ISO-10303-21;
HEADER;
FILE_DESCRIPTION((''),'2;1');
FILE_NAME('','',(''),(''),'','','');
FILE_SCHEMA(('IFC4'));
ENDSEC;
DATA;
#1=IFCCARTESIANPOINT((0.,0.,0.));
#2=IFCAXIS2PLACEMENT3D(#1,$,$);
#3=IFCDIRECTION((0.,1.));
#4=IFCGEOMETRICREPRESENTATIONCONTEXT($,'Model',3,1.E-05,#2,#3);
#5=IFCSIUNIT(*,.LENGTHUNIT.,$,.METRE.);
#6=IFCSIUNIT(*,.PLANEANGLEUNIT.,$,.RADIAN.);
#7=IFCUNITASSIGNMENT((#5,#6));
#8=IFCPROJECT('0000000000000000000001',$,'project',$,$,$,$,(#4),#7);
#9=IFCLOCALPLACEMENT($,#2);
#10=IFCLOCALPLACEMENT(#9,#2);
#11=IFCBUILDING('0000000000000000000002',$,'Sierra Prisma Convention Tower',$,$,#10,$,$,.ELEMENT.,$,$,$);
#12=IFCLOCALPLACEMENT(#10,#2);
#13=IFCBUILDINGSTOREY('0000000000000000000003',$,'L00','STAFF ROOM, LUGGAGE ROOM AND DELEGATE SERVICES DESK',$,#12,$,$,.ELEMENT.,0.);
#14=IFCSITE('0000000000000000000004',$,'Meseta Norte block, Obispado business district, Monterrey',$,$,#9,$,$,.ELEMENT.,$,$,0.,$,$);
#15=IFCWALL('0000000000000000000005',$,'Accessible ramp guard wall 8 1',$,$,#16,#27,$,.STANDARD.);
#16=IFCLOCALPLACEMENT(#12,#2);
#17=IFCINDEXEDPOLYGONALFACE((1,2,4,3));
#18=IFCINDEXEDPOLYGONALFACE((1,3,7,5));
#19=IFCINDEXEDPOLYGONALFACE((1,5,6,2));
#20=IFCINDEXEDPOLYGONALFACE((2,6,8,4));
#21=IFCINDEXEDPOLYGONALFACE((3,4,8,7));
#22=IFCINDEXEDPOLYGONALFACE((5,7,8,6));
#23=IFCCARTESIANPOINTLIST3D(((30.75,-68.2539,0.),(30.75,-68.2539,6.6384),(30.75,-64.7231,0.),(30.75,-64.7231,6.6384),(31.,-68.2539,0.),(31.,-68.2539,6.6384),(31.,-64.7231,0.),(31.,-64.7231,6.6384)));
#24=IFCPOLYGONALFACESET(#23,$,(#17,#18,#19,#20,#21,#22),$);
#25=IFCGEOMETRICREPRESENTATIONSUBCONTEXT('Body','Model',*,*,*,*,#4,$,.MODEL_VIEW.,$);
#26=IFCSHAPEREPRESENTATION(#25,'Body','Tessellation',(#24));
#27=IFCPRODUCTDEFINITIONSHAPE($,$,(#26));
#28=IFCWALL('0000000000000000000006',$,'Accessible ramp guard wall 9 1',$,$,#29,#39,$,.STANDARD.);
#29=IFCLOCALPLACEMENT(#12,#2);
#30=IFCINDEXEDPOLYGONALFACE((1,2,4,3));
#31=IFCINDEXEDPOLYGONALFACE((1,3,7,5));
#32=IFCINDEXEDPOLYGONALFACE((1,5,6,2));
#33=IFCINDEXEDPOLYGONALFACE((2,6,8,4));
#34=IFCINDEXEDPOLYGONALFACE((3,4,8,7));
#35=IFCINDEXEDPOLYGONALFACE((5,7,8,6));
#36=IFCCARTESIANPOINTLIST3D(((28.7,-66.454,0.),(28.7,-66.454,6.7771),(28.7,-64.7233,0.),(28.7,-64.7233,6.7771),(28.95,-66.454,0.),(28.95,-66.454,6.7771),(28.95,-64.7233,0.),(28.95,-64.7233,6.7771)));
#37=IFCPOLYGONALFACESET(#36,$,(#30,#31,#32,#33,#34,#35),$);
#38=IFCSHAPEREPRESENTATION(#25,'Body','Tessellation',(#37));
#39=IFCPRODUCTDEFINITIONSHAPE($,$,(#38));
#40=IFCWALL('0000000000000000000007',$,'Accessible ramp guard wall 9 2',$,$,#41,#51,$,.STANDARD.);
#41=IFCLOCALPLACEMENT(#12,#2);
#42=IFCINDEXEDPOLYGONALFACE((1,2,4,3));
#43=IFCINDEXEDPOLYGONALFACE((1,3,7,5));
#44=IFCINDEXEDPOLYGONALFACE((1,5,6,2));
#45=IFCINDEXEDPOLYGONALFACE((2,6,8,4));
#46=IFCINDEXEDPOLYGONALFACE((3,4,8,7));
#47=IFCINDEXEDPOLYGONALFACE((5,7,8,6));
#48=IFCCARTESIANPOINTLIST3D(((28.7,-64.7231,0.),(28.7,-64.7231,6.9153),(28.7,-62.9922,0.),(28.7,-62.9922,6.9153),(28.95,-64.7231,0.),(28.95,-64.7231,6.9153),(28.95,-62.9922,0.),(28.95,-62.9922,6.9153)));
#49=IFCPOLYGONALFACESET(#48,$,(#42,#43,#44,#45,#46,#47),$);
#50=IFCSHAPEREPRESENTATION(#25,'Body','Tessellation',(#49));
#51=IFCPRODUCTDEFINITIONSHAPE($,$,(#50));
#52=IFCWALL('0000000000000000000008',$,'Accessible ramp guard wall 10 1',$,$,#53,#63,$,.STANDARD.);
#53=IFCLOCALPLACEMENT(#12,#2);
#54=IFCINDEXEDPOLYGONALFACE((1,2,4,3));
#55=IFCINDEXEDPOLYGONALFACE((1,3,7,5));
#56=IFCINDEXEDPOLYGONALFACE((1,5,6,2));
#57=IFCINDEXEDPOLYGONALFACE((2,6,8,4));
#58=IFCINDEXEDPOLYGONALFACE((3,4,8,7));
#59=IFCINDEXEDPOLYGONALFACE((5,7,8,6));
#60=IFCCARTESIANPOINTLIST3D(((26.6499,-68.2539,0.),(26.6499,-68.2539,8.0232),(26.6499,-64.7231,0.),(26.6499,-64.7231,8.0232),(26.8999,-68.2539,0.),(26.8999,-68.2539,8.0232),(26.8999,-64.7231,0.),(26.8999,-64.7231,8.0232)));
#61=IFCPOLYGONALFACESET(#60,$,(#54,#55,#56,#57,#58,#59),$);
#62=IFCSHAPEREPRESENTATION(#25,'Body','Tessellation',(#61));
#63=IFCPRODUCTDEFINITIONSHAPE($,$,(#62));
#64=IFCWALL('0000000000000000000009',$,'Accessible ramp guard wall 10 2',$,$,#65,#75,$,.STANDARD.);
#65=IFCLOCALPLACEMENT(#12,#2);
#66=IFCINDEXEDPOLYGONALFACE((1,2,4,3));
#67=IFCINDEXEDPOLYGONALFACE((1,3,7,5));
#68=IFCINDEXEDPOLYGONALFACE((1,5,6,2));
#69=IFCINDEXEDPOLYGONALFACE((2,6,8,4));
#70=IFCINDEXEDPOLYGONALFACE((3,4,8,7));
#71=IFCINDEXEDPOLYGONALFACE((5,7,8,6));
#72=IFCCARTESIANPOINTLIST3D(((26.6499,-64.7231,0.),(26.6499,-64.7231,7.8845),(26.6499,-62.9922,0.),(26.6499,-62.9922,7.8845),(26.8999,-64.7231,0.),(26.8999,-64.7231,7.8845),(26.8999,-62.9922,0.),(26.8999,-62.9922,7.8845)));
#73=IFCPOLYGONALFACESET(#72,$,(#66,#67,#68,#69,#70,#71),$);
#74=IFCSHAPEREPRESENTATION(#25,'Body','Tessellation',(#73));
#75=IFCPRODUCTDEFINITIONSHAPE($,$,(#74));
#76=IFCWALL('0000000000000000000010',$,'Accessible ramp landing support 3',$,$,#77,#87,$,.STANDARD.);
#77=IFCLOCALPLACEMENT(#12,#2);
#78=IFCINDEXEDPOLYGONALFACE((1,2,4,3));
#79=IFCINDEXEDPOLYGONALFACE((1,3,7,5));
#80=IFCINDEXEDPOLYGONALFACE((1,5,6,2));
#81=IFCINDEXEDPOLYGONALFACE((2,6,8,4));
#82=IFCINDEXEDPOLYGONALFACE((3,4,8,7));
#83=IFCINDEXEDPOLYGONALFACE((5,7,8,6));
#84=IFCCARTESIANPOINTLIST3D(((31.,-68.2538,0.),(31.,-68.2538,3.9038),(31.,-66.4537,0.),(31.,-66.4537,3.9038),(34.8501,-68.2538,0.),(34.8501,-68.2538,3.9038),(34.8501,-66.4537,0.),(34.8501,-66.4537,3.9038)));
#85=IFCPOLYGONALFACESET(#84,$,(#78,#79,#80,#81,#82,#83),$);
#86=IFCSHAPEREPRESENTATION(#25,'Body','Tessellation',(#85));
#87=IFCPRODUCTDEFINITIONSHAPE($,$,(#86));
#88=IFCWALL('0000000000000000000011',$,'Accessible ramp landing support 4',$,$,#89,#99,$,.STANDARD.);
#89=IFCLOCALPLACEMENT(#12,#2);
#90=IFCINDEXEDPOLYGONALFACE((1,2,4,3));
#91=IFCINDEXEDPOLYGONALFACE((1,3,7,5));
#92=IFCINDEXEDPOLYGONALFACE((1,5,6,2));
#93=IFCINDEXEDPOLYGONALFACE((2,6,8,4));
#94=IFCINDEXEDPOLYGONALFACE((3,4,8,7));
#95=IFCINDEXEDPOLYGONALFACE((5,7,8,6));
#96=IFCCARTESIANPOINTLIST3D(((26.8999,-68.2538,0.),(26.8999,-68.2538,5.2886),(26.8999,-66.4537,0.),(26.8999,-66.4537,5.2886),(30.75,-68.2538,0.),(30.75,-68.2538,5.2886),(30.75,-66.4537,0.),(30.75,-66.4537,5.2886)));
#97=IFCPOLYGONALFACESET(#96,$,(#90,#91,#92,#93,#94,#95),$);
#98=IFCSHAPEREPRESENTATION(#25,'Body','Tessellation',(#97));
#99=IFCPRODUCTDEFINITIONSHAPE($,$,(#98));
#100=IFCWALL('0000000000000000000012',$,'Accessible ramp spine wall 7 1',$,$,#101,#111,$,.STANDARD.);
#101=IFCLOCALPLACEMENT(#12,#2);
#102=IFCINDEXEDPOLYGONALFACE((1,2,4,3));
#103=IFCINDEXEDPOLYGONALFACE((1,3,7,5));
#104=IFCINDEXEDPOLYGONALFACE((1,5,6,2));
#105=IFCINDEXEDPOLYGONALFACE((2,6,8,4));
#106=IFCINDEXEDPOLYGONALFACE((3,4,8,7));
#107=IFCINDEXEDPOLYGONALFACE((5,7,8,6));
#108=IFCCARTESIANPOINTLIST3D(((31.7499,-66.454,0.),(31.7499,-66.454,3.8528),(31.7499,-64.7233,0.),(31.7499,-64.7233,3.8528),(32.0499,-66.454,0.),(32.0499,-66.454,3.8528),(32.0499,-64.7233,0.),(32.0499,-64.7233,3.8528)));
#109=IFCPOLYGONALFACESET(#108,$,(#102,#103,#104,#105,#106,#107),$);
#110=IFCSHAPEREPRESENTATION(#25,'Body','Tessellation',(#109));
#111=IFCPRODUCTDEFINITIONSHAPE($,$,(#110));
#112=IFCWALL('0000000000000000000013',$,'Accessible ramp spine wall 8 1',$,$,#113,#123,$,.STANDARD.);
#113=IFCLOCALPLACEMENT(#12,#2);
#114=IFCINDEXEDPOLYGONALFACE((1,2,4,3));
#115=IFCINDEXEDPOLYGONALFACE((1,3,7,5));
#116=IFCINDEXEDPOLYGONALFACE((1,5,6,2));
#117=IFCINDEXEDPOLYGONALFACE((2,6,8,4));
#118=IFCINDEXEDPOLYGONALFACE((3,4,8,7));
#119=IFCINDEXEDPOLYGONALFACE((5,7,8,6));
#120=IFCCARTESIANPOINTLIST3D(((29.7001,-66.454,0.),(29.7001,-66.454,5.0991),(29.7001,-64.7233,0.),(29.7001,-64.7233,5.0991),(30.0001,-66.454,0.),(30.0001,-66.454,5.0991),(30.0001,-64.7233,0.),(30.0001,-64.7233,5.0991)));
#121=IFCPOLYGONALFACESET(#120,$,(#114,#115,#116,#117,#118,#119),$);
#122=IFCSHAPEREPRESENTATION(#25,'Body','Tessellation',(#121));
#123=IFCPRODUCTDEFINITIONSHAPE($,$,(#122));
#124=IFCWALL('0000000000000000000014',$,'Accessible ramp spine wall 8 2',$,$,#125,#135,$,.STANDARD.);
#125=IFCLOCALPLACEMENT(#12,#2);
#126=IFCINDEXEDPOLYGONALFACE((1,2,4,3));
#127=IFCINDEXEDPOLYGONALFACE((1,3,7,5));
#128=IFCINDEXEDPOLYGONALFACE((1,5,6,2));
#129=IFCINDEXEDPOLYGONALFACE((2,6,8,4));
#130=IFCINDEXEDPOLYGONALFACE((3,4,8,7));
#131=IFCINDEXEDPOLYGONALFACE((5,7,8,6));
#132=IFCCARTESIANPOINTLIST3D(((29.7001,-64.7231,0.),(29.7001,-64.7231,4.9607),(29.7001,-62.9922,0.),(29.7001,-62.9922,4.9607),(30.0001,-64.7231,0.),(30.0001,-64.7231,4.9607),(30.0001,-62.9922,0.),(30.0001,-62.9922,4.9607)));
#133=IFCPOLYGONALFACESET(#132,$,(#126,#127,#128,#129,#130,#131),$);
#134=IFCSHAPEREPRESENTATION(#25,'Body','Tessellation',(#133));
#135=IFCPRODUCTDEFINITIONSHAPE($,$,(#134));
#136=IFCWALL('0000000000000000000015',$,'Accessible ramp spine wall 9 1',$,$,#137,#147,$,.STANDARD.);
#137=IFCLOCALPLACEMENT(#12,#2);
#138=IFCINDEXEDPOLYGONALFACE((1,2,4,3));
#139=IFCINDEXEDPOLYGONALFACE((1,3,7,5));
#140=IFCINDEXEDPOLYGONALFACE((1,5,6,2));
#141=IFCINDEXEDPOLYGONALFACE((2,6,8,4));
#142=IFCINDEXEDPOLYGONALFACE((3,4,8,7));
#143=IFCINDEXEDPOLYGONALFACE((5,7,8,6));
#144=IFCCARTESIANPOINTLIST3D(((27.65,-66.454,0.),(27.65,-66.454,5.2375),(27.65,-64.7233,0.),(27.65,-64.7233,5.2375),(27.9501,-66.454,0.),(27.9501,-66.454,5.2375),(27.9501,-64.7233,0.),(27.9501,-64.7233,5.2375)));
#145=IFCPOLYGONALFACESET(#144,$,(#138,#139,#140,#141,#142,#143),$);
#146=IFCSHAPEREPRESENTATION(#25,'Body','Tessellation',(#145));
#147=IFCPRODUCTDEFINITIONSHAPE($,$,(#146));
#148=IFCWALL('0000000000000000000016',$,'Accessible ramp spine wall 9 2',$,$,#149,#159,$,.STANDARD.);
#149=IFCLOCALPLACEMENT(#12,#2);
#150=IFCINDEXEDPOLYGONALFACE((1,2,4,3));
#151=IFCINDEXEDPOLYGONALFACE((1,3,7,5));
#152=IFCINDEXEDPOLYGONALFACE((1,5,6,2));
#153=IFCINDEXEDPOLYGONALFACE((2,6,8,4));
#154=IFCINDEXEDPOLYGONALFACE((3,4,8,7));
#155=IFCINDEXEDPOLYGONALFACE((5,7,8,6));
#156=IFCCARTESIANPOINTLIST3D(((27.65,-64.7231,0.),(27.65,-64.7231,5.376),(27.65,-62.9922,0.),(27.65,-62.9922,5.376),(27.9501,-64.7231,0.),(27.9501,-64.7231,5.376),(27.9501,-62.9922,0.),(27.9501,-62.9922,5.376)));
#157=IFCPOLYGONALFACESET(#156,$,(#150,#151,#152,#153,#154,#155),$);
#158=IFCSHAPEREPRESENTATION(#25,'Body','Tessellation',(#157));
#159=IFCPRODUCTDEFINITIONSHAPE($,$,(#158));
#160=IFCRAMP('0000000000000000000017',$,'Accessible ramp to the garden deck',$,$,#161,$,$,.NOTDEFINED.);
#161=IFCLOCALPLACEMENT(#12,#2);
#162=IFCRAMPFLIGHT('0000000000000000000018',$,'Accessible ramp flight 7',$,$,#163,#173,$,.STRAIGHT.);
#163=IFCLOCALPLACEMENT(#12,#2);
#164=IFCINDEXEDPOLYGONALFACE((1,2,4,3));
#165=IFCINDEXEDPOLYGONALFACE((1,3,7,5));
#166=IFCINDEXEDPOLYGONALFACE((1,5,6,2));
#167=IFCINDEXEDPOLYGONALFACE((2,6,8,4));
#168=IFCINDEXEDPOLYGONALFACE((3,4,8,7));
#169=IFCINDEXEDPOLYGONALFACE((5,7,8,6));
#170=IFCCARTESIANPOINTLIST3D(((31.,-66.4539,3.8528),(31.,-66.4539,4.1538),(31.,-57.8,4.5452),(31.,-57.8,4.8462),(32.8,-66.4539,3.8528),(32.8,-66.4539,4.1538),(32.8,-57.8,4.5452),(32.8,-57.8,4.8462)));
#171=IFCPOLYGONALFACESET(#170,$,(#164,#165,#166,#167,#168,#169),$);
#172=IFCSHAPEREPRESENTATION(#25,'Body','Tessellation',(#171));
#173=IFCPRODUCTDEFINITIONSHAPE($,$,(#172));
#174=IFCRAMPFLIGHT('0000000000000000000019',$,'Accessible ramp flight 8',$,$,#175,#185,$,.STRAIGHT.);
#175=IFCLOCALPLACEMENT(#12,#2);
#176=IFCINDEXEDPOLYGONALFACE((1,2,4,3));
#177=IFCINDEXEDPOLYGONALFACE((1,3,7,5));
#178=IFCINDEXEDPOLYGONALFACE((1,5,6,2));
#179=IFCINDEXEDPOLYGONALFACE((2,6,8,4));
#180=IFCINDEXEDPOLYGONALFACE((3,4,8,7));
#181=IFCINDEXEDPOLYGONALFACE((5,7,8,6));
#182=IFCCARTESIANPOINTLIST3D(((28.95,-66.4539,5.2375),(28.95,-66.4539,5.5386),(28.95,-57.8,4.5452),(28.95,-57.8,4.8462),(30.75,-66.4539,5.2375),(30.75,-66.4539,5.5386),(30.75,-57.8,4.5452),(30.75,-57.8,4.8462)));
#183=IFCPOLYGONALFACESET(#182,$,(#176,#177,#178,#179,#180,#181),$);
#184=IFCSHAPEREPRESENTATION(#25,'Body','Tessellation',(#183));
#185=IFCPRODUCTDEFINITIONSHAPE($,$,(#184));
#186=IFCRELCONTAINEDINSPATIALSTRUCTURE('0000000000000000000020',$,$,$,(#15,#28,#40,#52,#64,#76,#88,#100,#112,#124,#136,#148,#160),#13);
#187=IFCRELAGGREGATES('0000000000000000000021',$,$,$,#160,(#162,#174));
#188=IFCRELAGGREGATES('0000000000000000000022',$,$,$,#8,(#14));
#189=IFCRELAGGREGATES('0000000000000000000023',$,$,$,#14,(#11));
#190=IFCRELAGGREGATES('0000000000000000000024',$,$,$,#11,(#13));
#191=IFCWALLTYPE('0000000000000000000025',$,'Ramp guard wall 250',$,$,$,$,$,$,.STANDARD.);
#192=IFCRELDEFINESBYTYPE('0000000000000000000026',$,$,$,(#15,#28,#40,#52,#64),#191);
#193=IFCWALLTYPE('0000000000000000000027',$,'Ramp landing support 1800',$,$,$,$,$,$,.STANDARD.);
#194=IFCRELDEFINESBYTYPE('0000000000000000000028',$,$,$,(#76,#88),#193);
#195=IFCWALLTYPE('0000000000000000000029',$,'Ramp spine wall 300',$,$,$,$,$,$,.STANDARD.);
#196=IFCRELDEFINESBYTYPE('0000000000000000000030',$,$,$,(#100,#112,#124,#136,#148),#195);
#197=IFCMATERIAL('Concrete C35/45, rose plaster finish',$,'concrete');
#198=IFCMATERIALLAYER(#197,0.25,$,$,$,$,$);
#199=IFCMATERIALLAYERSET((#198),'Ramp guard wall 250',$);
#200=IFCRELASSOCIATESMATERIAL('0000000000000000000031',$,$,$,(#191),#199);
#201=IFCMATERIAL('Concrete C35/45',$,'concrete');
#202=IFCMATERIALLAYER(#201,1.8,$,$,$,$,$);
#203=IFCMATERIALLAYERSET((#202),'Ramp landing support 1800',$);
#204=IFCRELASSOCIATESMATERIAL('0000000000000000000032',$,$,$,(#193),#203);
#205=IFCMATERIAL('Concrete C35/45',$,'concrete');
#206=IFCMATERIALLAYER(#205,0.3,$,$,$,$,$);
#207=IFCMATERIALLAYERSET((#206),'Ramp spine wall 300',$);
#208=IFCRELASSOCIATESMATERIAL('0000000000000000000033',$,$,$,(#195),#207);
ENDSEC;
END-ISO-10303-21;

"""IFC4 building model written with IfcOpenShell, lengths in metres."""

from ifc_helpers import new_model, si_unit, direction, frame, frame_2d, origin, place, context, subcontext, project, spatial, polyline, rectangle, outline, extrude, material, layer, layer_set, type_object, element, aggregate, save


model = new_model("IFC4")

# Units and contexts
model_context = context("Model", 3, precision=1e-05, world=origin(), true_north=direction((0.0, 1.0)))
body_context = subcontext(model_context, "Body", "Model", "MODEL_VIEW")
ifc_project = project(units=[si_unit("LENGTHUNIT", "METRE"), si_unit("PLANEANGLEUNIT", "RADIAN")], contexts=[model_context])

# Site, building, storey
site_placement = place(None, origin())
site = spatial("IfcSite", under=ifc_project, at=site_placement, Name="Meseta Norte block, Obispado business district, Monterrey", CompositionType="ELEMENT", RefElevation=0.0)
building_placement = place(site_placement, origin())
building = spatial("IfcBuilding", under=site, at=building_placement, Name="Sierra Prisma Convention Tower", CompositionType="ELEMENT")
storey_placement = place(building_placement, origin())
storey = spatial("IfcBuildingStorey", under=building, at=storey_placement, Name="L00", Description="STAFF ROOM, LUGGAGE ROOM AND DELEGATE SERVICES DESK", CompositionType="ELEMENT", Elevation=0.0)

# Walls
ifc_material_1 = material(Name="Concrete C35/45, rose plaster finish", Category="concrete")
ifc_layer_1 = layer(ifc_material_1, 0.25)
ifc_layer_set_1 = layer_set([ifc_layer_1], Name="Ramp guard wall 250")
wall_type_1 = type_object("IfcWallType", Name="Ramp guard wall 250", PredefinedType="STANDARD", material=ifc_layer_set_1)
wall_1_placement = place(storey_placement, frame((30.875, -68.2539, 0.0), z_axis=(0.0, 0.0, 1.0), x_axis=(0.0, 1.0, 0.0)))
element("IfcWall", 1, at=wall_1_placement, inside=storey, type_object=wall_type_1, Name="Accessible ramp guard wall 8 1", PredefinedType="STANDARD", context=body_context, shape_type="SweptSolid", body=[
    extrude(rectangle(XDim=3.5308, YDim=0.25, at=frame_2d((1.7654, 0.0))), origin(), (0.0, 0.0, 1.0), 6.6384),
])
wall_2_placement = place(storey_placement, frame((28.825, -66.4539, 0.0), z_axis=(0.0, 0.0, 1.0), x_axis=(0.0, 1.0, 0.0)))
element("IfcWall", 2, at=wall_2_placement, inside=storey, type_object=wall_type_1, Name="Accessible ramp guard wall 9 1", PredefinedType="STANDARD", context=body_context, shape_type="SweptSolid", body=[
    extrude(rectangle(XDim=1.7307, YDim=0.25, at=frame_2d((0.8652, 0.0))), origin(), (0.0, 0.0, 1.0), 6.7771),
])
wall_3_placement = place(storey_placement, frame((28.825, -64.7231, 0.0), z_axis=(0.0, 0.0, 1.0), x_axis=(0.0, 1.0, 0.0)))
element("IfcWall", 3, at=wall_3_placement, inside=storey, type_object=wall_type_1, Name="Accessible ramp guard wall 9 2", PredefinedType="STANDARD", context=body_context, shape_type="SweptSolid", body=[
    extrude(rectangle(XDim=1.731, YDim=0.25, at=frame_2d((0.8655, 0.0))), origin(), (0.0, 0.0, 1.0), 6.9153),
])
wall_4_placement = place(storey_placement, frame((26.7749, -68.2539, 0.0), z_axis=(0.0, 0.0, 1.0), x_axis=(0.0, 1.0, 0.0)))
element("IfcWall", 4, at=wall_4_placement, inside=storey, type_object=wall_type_1, Name="Accessible ramp guard wall 10 1", PredefinedType="STANDARD", context=body_context, shape_type="SweptSolid", body=[
    extrude(rectangle(XDim=3.5308, YDim=0.25, at=frame_2d((1.7654, 0.0))), origin(), (0.0, 0.0, 1.0), 8.0232),
])
wall_5_placement = place(storey_placement, frame((26.7749, -64.7231, 0.0), z_axis=(0.0, 0.0, 1.0), x_axis=(0.0, 1.0, 0.0)))
element("IfcWall", 5, at=wall_5_placement, inside=storey, type_object=wall_type_1, Name="Accessible ramp guard wall 10 2", PredefinedType="STANDARD", context=body_context, shape_type="SweptSolid", body=[
    extrude(rectangle(XDim=1.731, YDim=0.25, at=frame_2d((0.8655, 0.0))), origin(), (0.0, 0.0, 1.0), 7.8845),
])
ifc_material_2 = material(Name="Concrete C35/45", Category="concrete")
ifc_layer_2 = layer(ifc_material_2, 1.8)
ifc_layer_set_2 = layer_set([ifc_layer_2], Name="Ramp landing support 1800")
wall_type_2 = type_object("IfcWallType", Name="Ramp landing support 1800", PredefinedType="STANDARD", material=ifc_layer_set_2)
wall_6_placement = place(storey_placement, frame((31.0, -67.3538, 0.0), z_axis=(0.0, 0.0, 1.0), x_axis=(1.0, 0.0, 0.0)))
element("IfcWall", 6, at=wall_6_placement, inside=storey, type_object=wall_type_2, Name="Accessible ramp landing support 3", PredefinedType="STANDARD", context=body_context, shape_type="SweptSolid", body=[
    extrude(rectangle(XDim=3.8501, YDim=1.8, at=frame_2d((1.925, 0.0))), origin(), (0.0, 0.0, 1.0), 3.9038),
])
wall_7_placement = place(storey_placement, frame((26.8999, -67.3538, 0.0), z_axis=(0.0, 0.0, 1.0), x_axis=(1.0, 0.0, 0.0)))
element("IfcWall", 7, at=wall_7_placement, inside=storey, type_object=wall_type_2, Name="Accessible ramp landing support 4", PredefinedType="STANDARD", context=body_context, shape_type="SweptSolid", body=[
    extrude(rectangle(XDim=3.8501, YDim=1.8, at=frame_2d((1.925, 0.0))), origin(), (0.0, 0.0, 1.0), 5.2886),
])
ifc_material_3 = material(Name="Concrete C35/45", Category="concrete")
ifc_layer_3 = layer(ifc_material_3, 0.3)
ifc_layer_set_3 = layer_set([ifc_layer_3], Name="Ramp spine wall 300")
wall_type_3 = type_object("IfcWallType", Name="Ramp spine wall 300", PredefinedType="STANDARD", material=ifc_layer_set_3)
wall_8_placement = place(storey_placement, frame((31.8999, -66.4539, 0.0), z_axis=(0.0, 0.0, 1.0), x_axis=(0.0, 1.0, 0.0)))
element("IfcWall", 8, at=wall_8_placement, inside=storey, type_object=wall_type_3, Name="Accessible ramp spine wall 7 1", PredefinedType="STANDARD", context=body_context, shape_type="SweptSolid", body=[
    extrude(rectangle(XDim=1.7307, YDim=0.3, at=frame_2d((0.8652, 0.0))), origin(), (0.0, 0.0, 1.0), 3.8528),
])
wall_9_placement = place(storey_placement, frame((29.8501, -66.4539, 0.0), z_axis=(0.0, 0.0, 1.0), x_axis=(0.0, 1.0, 0.0)))
element("IfcWall", 9, at=wall_9_placement, inside=storey, type_object=wall_type_3, Name="Accessible ramp spine wall 8 1", PredefinedType="STANDARD", context=body_context, shape_type="SweptSolid", body=[
    extrude(rectangle(XDim=1.7307, YDim=0.3, at=frame_2d((0.8652, 0.0))), origin(), (0.0, 0.0, 1.0), 5.0991),
])
wall_10_placement = place(storey_placement, frame((29.8501, -64.7231, 0.0), z_axis=(0.0, 0.0, 1.0), x_axis=(0.0, 1.0, 0.0)))
element("IfcWall", 10, at=wall_10_placement, inside=storey, type_object=wall_type_3, Name="Accessible ramp spine wall 8 2", PredefinedType="STANDARD", context=body_context, shape_type="SweptSolid", body=[
    extrude(rectangle(XDim=1.731, YDim=0.3, at=frame_2d((0.8655, 0.0))), origin(), (0.0, 0.0, 1.0), 4.9607),
])
wall_11_placement = place(storey_placement, frame((27.8, -66.4539, 0.0), z_axis=(0.0, 0.0, 1.0), x_axis=(0.0, 1.0, 0.0)))
element("IfcWall", 11, at=wall_11_placement, inside=storey, type_object=wall_type_3, Name="Accessible ramp spine wall 9 1", PredefinedType="STANDARD", context=body_context, shape_type="SweptSolid", body=[
    extrude(rectangle(XDim=1.7307, YDim=0.3, at=frame_2d((0.8652, 0.0))), origin(), (0.0, 0.0, 1.0), 5.2375),
])
wall_12_placement = place(storey_placement, frame((27.8, -64.7231, 0.0), z_axis=(0.0, 0.0, 1.0), x_axis=(0.0, 1.0, 0.0)))
element("IfcWall", 12, at=wall_12_placement, inside=storey, type_object=wall_type_3, Name="Accessible ramp spine wall 9 2", PredefinedType="STANDARD", context=body_context, shape_type="SweptSolid", body=[
    extrude(rectangle(XDim=1.731, YDim=0.3, at=frame_2d((0.8655, 0.0))), origin(), (0.0, 0.0, 1.0), 5.376),
])

# Ramp, ramp flights
ramp_placement = place(storey_placement, origin())
ramp = element("IfcRamp", 13, at=ramp_placement, inside=storey, Name="Accessible ramp to the garden deck", PredefinedType="NOTDEFINED")
ramp_flight_1_placement = place(storey_placement, frame((31.0, -66.4539, 4.1538), z_axis=(0.0, 0.0, 1.0), x_axis=(0.0, 1.0, 0.0)))
ramp_flight_1 = element("IfcRampFlight", 14, at=ramp_flight_1_placement, Name="Accessible ramp flight 7", PredefinedType="STRAIGHT", context=body_context, shape_type="SweptSolid", body=[
    extrude(outline(polyline([(0.0, -0.301), (8.6538, 0.3914), (8.6538, 0.6924), (0.0, 0.0), (0.0, -0.301)])), frame((0.0, 0.0, 0.0), z_axis=(0.0, -1.0, 0.0), x_axis=(1.0, 0.0, 0.0)), (0.0, 0.0, 1.0), 1.8),
])
ramp_flight_2_placement = place(storey_placement, frame((28.95, -66.4539, 5.5386), z_axis=(0.0, 0.0, 1.0), x_axis=(0.0, 1.0, 0.0)))
ramp_flight_2 = element("IfcRampFlight", 15, at=ramp_flight_2_placement, Name="Accessible ramp flight 8", PredefinedType="STRAIGHT", context=body_context, shape_type="SweptSolid", body=[
    extrude(outline(polyline([(0.0, -0.301), (8.6538, -0.9934), (8.6538, -0.6924), (0.0, 0.0), (0.0, -0.301)])), frame((0.0, 0.0, 0.0), z_axis=(0.0, -1.0, 0.0), x_axis=(1.0, 0.0, 0.0)), (0.0, 0.0, 1.0), 1.8),
])
aggregate(ramp, [ramp_flight_1, ramp_flight_2])

save(model, "model.ifc")
